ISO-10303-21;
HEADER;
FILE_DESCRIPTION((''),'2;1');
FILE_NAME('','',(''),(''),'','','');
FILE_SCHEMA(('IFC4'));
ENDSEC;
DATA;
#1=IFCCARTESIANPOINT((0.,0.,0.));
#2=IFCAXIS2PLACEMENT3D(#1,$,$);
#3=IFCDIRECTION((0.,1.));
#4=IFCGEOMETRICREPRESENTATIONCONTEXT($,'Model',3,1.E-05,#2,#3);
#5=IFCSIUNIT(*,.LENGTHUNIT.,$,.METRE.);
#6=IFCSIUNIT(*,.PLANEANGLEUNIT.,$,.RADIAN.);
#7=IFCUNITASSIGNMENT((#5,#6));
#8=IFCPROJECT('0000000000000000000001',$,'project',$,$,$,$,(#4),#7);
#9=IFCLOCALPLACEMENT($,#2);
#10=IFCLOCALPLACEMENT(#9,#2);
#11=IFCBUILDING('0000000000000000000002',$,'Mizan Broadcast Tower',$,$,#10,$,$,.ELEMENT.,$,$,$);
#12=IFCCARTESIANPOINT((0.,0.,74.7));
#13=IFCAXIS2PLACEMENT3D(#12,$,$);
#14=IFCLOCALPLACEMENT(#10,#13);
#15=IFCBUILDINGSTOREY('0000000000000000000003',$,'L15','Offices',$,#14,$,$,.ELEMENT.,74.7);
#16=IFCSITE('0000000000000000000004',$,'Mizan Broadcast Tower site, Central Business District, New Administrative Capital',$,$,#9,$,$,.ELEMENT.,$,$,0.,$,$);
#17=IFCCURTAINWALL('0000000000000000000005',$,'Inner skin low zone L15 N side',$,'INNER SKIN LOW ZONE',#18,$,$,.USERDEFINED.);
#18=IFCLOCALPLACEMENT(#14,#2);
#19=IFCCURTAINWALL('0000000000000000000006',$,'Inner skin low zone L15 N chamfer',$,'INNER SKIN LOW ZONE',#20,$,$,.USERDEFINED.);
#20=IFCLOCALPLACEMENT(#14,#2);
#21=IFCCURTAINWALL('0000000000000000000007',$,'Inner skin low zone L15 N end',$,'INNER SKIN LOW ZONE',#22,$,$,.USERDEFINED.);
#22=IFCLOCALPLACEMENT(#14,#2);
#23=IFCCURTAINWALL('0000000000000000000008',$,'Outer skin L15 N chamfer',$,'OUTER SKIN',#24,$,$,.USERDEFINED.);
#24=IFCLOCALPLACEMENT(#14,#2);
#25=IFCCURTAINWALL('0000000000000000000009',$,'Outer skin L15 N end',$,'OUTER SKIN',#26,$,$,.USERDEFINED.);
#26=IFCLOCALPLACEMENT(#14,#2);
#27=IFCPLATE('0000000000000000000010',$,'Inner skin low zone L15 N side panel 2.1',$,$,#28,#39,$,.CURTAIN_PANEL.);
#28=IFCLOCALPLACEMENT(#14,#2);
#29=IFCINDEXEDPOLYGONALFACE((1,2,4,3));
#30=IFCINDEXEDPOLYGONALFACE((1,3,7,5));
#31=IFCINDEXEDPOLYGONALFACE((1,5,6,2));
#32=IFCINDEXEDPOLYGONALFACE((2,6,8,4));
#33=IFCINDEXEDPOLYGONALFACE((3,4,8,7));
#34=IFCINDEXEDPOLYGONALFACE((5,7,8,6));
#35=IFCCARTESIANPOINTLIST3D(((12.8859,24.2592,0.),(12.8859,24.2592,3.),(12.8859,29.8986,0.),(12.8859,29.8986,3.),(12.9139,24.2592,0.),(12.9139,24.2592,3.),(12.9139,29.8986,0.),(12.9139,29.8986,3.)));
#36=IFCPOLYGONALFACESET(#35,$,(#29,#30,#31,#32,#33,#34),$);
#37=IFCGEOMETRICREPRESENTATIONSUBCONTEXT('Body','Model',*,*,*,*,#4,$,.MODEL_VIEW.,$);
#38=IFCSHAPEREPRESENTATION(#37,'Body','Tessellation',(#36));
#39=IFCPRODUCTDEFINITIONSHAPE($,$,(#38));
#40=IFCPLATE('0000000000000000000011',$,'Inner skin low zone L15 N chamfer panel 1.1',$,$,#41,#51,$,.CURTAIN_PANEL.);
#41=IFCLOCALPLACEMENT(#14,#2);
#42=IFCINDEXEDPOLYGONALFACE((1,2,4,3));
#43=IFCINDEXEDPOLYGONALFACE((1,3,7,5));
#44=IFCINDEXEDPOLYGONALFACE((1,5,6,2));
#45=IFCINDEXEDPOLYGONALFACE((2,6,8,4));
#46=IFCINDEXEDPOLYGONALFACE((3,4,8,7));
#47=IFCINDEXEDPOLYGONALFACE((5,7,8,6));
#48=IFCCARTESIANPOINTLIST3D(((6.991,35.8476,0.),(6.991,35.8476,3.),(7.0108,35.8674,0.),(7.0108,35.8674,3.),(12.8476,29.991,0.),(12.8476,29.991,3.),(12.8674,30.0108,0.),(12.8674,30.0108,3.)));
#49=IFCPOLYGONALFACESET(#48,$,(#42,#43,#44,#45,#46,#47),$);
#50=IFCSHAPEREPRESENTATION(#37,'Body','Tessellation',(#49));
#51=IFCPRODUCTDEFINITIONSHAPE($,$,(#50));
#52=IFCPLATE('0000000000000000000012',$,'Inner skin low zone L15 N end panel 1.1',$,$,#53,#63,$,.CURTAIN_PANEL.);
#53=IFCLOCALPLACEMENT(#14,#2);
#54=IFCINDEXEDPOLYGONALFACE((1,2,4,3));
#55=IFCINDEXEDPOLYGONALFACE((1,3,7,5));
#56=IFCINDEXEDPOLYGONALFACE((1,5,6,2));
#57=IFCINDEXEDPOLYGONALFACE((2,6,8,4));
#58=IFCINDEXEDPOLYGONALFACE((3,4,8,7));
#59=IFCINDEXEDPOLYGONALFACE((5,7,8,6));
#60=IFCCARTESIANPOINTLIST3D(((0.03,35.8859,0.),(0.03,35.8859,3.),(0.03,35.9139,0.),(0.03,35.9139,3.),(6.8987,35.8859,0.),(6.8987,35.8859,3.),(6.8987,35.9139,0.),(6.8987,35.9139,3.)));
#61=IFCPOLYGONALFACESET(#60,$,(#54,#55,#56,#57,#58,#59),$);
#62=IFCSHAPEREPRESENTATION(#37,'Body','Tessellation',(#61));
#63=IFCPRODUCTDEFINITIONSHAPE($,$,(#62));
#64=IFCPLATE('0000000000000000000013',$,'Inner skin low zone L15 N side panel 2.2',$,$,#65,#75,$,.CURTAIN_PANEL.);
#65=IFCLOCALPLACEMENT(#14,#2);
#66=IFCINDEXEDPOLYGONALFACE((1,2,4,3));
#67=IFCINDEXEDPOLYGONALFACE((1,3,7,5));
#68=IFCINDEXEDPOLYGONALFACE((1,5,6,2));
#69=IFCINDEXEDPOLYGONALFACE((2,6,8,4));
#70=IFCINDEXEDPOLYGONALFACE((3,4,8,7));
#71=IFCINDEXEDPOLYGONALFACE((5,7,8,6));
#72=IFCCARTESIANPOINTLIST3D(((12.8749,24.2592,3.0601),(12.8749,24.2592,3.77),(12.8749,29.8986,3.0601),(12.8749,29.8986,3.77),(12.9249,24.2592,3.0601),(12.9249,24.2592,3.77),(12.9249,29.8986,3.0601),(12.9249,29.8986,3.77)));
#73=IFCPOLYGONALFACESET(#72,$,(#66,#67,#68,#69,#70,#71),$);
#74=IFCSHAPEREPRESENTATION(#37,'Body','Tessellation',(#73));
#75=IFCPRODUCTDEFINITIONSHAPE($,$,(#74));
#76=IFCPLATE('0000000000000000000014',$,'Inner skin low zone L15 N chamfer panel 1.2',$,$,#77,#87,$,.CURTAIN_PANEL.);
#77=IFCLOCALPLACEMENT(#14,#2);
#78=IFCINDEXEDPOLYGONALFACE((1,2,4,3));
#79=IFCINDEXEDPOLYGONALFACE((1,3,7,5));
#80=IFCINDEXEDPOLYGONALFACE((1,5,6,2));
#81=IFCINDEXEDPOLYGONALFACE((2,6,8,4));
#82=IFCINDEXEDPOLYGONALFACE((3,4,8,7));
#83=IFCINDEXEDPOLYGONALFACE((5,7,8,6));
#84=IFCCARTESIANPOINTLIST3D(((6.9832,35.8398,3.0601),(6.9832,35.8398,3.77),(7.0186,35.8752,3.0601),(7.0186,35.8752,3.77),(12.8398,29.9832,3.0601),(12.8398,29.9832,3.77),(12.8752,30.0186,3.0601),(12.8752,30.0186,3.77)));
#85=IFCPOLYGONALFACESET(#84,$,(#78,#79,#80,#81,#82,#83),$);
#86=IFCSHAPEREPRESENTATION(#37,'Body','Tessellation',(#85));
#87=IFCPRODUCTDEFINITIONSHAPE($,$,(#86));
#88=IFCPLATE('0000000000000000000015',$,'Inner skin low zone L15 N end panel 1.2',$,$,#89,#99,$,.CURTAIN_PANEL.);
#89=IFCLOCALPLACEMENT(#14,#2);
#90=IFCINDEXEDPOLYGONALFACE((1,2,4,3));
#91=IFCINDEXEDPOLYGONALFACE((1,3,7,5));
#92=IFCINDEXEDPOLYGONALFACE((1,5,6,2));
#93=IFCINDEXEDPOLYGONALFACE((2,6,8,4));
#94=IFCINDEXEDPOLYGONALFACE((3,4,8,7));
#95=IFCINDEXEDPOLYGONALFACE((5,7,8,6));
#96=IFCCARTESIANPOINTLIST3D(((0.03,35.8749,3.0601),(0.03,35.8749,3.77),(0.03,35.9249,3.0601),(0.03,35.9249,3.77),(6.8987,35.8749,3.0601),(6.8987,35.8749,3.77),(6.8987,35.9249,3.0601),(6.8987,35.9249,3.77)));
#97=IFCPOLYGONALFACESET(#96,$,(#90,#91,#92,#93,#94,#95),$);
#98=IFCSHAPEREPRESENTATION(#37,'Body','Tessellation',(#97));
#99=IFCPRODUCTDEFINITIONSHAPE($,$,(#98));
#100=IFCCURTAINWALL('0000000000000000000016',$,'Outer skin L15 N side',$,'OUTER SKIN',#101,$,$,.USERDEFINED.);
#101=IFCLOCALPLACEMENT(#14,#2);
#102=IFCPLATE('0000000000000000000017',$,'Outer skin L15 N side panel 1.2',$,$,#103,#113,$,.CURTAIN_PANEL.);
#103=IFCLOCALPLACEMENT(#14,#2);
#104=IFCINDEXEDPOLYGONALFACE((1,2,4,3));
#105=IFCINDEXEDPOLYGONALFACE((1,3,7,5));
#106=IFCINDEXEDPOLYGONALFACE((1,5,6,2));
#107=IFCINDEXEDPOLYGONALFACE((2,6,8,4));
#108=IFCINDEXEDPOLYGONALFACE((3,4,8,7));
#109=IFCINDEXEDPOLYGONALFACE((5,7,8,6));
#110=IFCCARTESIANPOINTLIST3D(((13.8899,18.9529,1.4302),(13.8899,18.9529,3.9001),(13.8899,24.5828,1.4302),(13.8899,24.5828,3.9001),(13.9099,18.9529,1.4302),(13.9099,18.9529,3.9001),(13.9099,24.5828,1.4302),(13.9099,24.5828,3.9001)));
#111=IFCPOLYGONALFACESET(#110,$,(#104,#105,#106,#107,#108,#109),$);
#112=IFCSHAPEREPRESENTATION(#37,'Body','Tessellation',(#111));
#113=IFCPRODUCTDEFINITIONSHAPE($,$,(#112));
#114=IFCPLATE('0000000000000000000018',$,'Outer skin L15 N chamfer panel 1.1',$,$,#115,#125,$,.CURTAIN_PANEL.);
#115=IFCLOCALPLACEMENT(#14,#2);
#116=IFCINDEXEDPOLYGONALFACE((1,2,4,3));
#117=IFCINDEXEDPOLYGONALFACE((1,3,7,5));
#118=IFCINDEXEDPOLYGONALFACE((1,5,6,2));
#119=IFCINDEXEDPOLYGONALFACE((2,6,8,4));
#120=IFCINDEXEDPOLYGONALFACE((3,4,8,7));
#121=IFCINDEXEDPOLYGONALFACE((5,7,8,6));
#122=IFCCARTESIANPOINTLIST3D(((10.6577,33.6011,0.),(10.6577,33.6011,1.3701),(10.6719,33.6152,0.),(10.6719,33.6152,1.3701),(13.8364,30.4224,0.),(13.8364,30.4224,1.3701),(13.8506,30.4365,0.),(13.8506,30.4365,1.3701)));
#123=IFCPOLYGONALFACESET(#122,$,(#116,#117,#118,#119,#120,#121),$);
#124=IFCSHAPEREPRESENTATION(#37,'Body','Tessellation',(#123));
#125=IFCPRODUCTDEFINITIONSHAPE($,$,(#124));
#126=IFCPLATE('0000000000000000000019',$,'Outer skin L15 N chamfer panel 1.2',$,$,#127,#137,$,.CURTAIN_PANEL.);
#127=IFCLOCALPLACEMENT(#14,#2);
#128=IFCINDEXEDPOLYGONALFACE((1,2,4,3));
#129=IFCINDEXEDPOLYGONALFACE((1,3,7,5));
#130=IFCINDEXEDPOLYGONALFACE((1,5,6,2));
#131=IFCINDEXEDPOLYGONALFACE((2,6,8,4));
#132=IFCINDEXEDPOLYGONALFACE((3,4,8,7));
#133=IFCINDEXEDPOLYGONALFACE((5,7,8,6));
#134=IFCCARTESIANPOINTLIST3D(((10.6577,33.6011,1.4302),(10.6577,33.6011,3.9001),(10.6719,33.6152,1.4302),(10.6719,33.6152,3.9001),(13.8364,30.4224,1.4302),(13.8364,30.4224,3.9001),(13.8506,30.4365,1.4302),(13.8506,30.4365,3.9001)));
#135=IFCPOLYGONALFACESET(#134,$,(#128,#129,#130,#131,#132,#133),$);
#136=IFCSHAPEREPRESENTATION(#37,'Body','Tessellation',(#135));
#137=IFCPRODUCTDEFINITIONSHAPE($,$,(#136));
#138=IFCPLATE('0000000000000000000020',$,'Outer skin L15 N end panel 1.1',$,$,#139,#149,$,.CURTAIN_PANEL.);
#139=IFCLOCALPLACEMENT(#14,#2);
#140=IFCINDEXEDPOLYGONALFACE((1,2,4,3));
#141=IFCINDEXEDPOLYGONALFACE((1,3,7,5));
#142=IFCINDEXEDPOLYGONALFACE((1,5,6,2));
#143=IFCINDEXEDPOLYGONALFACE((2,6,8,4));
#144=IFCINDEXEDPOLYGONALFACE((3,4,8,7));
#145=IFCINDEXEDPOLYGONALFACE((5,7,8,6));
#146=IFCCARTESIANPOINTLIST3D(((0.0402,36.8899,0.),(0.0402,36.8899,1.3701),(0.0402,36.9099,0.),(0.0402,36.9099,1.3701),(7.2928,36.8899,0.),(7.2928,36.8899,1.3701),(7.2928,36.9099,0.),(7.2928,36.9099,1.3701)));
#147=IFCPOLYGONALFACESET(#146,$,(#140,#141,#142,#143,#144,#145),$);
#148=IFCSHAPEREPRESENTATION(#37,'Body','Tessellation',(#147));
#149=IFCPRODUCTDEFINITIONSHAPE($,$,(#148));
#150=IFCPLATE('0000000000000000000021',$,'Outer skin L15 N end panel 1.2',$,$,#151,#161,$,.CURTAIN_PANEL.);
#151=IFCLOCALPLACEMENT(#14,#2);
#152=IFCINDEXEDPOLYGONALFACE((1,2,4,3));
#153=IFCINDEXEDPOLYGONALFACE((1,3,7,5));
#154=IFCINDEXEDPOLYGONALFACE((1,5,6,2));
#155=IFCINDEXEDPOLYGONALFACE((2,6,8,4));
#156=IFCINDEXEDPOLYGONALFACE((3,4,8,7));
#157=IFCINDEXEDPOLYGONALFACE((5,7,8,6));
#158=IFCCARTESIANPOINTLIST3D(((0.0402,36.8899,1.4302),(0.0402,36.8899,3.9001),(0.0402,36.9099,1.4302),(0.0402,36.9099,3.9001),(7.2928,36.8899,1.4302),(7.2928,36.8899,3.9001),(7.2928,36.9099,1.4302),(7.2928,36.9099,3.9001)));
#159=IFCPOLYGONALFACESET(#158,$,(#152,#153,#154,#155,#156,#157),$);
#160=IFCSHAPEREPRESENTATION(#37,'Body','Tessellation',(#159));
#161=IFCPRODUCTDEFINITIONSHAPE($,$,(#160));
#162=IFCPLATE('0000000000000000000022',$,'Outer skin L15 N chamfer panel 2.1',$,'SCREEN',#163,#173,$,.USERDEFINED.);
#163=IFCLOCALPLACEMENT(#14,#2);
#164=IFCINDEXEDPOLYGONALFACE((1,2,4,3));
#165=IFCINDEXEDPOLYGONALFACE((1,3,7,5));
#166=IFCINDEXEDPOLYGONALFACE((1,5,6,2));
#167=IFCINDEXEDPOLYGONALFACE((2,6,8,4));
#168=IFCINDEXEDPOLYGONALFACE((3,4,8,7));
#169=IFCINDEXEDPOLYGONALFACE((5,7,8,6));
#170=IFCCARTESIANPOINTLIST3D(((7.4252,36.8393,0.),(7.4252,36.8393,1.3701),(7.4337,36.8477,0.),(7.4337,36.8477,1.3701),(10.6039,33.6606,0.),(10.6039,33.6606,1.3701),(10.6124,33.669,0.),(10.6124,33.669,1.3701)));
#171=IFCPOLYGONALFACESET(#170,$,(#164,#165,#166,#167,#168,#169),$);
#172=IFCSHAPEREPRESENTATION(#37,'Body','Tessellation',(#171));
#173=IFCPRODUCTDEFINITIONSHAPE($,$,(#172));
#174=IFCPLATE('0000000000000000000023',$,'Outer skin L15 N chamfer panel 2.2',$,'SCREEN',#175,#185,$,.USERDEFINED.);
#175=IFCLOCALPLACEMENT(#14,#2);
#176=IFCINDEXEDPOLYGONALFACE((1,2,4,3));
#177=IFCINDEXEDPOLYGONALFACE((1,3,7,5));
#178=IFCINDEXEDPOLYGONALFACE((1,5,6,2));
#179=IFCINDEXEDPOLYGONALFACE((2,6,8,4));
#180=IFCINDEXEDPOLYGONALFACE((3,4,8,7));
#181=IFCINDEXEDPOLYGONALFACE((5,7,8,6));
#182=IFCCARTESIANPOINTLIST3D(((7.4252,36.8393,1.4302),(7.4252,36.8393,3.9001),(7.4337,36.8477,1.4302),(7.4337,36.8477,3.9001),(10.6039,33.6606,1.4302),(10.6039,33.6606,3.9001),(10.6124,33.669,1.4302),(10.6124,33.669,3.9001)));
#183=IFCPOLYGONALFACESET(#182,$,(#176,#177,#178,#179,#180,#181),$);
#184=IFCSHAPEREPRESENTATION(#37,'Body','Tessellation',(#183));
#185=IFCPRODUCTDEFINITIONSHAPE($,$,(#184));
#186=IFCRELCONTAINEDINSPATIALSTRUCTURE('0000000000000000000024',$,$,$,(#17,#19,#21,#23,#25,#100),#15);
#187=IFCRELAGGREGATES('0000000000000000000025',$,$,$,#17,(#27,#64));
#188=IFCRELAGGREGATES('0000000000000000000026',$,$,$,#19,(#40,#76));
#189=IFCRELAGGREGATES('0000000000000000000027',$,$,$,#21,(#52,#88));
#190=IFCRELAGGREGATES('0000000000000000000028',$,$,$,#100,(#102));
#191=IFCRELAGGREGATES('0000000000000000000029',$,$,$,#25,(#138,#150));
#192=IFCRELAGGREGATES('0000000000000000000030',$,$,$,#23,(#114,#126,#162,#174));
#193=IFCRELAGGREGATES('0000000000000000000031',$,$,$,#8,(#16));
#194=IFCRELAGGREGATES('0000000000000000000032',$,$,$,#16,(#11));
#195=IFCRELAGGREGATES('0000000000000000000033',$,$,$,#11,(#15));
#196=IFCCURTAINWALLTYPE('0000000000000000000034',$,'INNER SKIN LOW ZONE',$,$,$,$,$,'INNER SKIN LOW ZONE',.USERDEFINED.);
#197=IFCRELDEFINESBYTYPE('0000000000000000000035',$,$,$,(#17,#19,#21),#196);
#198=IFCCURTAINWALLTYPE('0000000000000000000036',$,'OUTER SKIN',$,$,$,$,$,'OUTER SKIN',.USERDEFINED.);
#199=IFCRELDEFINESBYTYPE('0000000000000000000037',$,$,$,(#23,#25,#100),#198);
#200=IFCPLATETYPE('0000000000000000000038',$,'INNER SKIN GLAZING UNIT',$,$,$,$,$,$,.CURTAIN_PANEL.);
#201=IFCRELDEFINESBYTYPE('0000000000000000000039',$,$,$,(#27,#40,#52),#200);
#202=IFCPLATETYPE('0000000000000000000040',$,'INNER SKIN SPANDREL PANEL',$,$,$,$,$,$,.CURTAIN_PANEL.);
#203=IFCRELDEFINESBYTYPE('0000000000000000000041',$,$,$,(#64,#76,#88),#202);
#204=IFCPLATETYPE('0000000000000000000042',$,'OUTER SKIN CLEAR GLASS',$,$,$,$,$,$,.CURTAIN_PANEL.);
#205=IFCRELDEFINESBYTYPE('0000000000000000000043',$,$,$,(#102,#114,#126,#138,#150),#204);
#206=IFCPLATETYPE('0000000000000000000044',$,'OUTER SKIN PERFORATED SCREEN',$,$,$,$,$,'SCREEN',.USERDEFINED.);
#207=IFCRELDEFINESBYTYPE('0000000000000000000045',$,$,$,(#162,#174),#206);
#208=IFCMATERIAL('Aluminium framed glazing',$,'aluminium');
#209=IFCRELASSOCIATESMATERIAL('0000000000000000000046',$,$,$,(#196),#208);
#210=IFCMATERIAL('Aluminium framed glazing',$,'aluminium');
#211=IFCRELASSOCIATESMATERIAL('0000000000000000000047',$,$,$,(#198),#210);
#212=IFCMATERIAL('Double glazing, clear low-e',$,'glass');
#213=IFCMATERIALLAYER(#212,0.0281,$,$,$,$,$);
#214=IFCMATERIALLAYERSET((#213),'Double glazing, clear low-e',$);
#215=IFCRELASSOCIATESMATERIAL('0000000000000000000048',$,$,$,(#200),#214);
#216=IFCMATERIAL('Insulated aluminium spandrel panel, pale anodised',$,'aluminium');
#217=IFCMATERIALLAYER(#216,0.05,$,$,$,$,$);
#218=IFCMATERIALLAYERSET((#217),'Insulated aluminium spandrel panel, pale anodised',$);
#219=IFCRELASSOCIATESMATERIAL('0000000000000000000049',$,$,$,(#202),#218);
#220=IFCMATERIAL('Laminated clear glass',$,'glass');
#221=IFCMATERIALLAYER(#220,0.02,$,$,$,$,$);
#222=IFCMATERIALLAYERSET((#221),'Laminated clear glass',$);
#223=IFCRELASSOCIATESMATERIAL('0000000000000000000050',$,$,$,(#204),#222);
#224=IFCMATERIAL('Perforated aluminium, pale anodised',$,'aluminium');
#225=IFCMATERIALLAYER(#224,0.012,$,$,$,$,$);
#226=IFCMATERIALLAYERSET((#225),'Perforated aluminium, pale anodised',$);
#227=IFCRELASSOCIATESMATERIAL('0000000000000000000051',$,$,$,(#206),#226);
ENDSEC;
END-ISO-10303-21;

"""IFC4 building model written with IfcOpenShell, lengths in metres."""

from ifc_helpers import new_model, si_unit, direction, frame, origin, origin_2d, place, context, subcontext, project, spatial, rectangle, extrude, material, layer, layer_set, type_object, element, aggregate, save


model = new_model("IFC4")

# Units and contexts
model_context = context("Model", 3, precision=1e-05, world=origin(), true_north=direction((0.0, 1.0)))
body_context = subcontext(model_context, "Body", "Model", "MODEL_VIEW")
ifc_project = project(units=[si_unit("LENGTHUNIT", "METRE"), si_unit("PLANEANGLEUNIT", "RADIAN")], contexts=[model_context])

# Site, building, storey
site_placement = place(None, origin())
site = spatial("IfcSite", under=ifc_project, at=site_placement, Name="Mizan Broadcast Tower site, Central Business District, New Administrative Capital", CompositionType="ELEMENT", RefElevation=0.0)
building_placement = place(site_placement, origin())
building = spatial("IfcBuilding", under=site, at=building_placement, Name="Mizan Broadcast Tower", CompositionType="ELEMENT")
storey_placement = place(building_placement, frame((0.0, 0.0, 74.7)))
storey = spatial("IfcBuildingStorey", under=building, at=storey_placement, Name="L15", Description="Offices", CompositionType="ELEMENT", Elevation=74.7)

# Curtain wall
ifc_material_1 = material(Name="Aluminium framed glazing", Category="aluminium")
curtain_wall_type_1 = type_object("IfcCurtainWallType", Name="INNER SKIN LOW ZONE", ElementType="INNER SKIN LOW ZONE", PredefinedType="USERDEFINED", material=ifc_material_1)
curtain_wall_1_placement = place(storey_placement, origin())
curtain_wall_1 = element("IfcCurtainWall", 1, at=curtain_wall_1_placement, inside=storey, type_object=curtain_wall_type_1, Name="Inner skin low zone L15 N side", ObjectType="INNER SKIN LOW ZONE", PredefinedType="USERDEFINED")

# Curtain walls
curtain_wall_2_placement = place(storey_placement, origin())
curtain_wall_2 = element("IfcCurtainWall", 2, at=curtain_wall_2_placement, inside=storey, type_object=curtain_wall_type_1, Name="Inner skin low zone L15 N chamfer", ObjectType="INNER SKIN LOW ZONE", PredefinedType="USERDEFINED")
curtain_wall_3_placement = place(storey_placement, origin())
curtain_wall_3 = element("IfcCurtainWall", 3, at=curtain_wall_3_placement, inside=storey, type_object=curtain_wall_type_1, Name="Inner skin low zone L15 N end", ObjectType="INNER SKIN LOW ZONE", PredefinedType="USERDEFINED")

# Curtain wall
ifc_material_2 = material(Name="Aluminium framed glazing", Category="aluminium")
curtain_wall_type_2 = type_object("IfcCurtainWallType", Name="OUTER SKIN", ElementType="OUTER SKIN", PredefinedType="USERDEFINED", material=ifc_material_2)
curtain_wall_4_placement = place(storey_placement, origin())
curtain_wall_4 = element("IfcCurtainWall", 4, at=curtain_wall_4_placement, inside=storey, type_object=curtain_wall_type_2, Name="Outer skin L15 N chamfer", ObjectType="OUTER SKIN", PredefinedType="USERDEFINED")

# Curtain wall
curtain_wall_5_placement = place(storey_placement, origin())
curtain_wall_5 = element("IfcCurtainWall", 5, at=curtain_wall_5_placement, inside=storey, type_object=curtain_wall_type_2, Name="Outer skin L15 N end", ObjectType="OUTER SKIN", PredefinedType="USERDEFINED")

# Plates
ifc_material_3 = material(Name="Double glazing, clear low-e", Category="glass")
ifc_layer_1 = layer(ifc_material_3, 0.0281)
ifc_layer_set_1 = layer_set([ifc_layer_1], Name="Double glazing, clear low-e")
plate_type_1 = type_object("IfcPlateType", Name="INNER SKIN GLAZING UNIT", PredefinedType="CURTAIN_PANEL", material=ifc_layer_set_1)
plate_1_placement = place(storey_placement, frame((12.8999, 27.0789, 0.0), z_axis=(0.0, 0.0, 1.0), x_axis=(0.0, 1.0, 0.0)))
plate_1 = element("IfcPlate", 6, at=plate_1_placement, type_object=plate_type_1, Name="Inner skin low zone L15 N side panel 2.1", PredefinedType="CURTAIN_PANEL", context=body_context, shape_type="SweptSolid", body=[
    extrude(rectangle(XDim=5.6394, YDim=0.0281, at=origin_2d()), origin(), (0.0, 0.0, 1.0), 3.0),
])
plate_2_placement = place(storey_placement, frame((9.9292, 32.9292, 0.0), z_axis=(0.0, 0.0, 1.0), x_axis=(-0.707107, 0.707107, 0.0)))
plate_2 = element("IfcPlate", 7, at=plate_2_placement, type_object=plate_type_1, Name="Inner skin low zone L15 N chamfer panel 1.1", PredefinedType="CURTAIN_PANEL", context=body_context, shape_type="SweptSolid", body=[
    extrude(rectangle(XDim=8.2825, YDim=0.0281, at=origin_2d()), origin(), (0.0, 0.0, 1.0), 3.0),
])
plate_3_placement = place(storey_placement, frame((3.4644, 35.8999, 0.0), z_axis=(0.0, 0.0, 1.0), x_axis=(-1.0, 0.0, 0.0)))
plate_3 = element("IfcPlate", 8, at=plate_3_placement, type_object=plate_type_1, Name="Inner skin low zone L15 N end panel 1.1", PredefinedType="CURTAIN_PANEL", context=body_context, shape_type="SweptSolid", body=[
    extrude(rectangle(XDim=6.8687, YDim=0.0281, at=origin_2d()), origin(), (0.0, 0.0, 1.0), 3.0),
])
ifc_material_4 = material(Name="Insulated aluminium spandrel panel, pale anodised", Category="aluminium")
ifc_layer_2 = layer(ifc_material_4, 0.05)
ifc_layer_set_2 = layer_set([ifc_layer_2], Name="Insulated aluminium spandrel panel, pale anodised")
plate_type_2 = type_object("IfcPlateType", Name="INNER SKIN SPANDREL PANEL", PredefinedType="CURTAIN_PANEL", material=ifc_layer_set_2)
plate_4_placement = place(storey_placement, frame((12.8999, 27.0789, 3.0601), z_axis=(0.0, 0.0, 1.0), x_axis=(0.0, 1.0, 0.0)))
plate_4 = element("IfcPlate", 9, at=plate_4_placement, type_object=plate_type_2, Name="Inner skin low zone L15 N side panel 2.2", PredefinedType="CURTAIN_PANEL", context=body_context, shape_type="SweptSolid", body=[
    extrude(rectangle(XDim=5.6394, YDim=0.05, at=origin_2d()), origin(), (0.0, 0.0, 1.0), 0.71),
])
aggregate(curtain_wall_1, [plate_1, plate_4])
plate_5_placement = place(storey_placement, frame((9.9292, 32.9292, 3.0601), z_axis=(0.0, 0.0, 1.0), x_axis=(-0.707107, 0.707107, 0.0)))
plate_5 = element("IfcPlate", 10, at=plate_5_placement, type_object=plate_type_2, Name="Inner skin low zone L15 N chamfer panel 1.2", PredefinedType="CURTAIN_PANEL", context=body_context, shape_type="SweptSolid", body=[
    extrude(rectangle(XDim=8.2825, YDim=0.05, at=origin_2d()), origin(), (0.0, 0.0, 1.0), 0.71),
])
aggregate(curtain_wall_2, [plate_2, plate_5])
plate_6_placement = place(storey_placement, frame((3.4644, 35.8999, 3.0601), z_axis=(0.0, 0.0, 1.0), x_axis=(-1.0, 0.0, 0.0)))
plate_6 = element("IfcPlate", 11, at=plate_6_placement, type_object=plate_type_2, Name="Inner skin low zone L15 N end panel 1.2", PredefinedType="CURTAIN_PANEL", context=body_context, shape_type="SweptSolid", body=[
    extrude(rectangle(XDim=6.8687, YDim=0.05, at=origin_2d()), origin(), (0.0, 0.0, 1.0), 0.71),
])
aggregate(curtain_wall_3, [plate_3, plate_6])

# Curtain wall, plate
curtain_wall_6_placement = place(storey_placement, origin())
curtain_wall_6 = element("IfcCurtainWall", 12, at=curtain_wall_6_placement, inside=storey, type_object=curtain_wall_type_2, Name="Outer skin L15 N side", ObjectType="OUTER SKIN", PredefinedType="USERDEFINED")
ifc_material_5 = material(Name="Laminated clear glass", Category="glass")
ifc_layer_3 = layer(ifc_material_5, 0.02)
ifc_layer_set_3 = layer_set([ifc_layer_3], Name="Laminated clear glass")
plate_type_3 = type_object("IfcPlateType", Name="OUTER SKIN CLEAR GLASS", PredefinedType="CURTAIN_PANEL", material=ifc_layer_set_3)
plate_7_placement = place(storey_placement, frame((13.8999, 21.7678, 1.4302), z_axis=(0.0, 0.0, 1.0), x_axis=(0.0, 1.0, 0.0)))
plate_7 = element("IfcPlate", 13, at=plate_7_placement, type_object=plate_type_3, Name="Outer skin L15 N side panel 1.2", PredefinedType="CURTAIN_PANEL", context=body_context, shape_type="SweptSolid", body=[
    extrude(rectangle(XDim=5.6299, YDim=0.02, at=origin_2d()), origin(), (0.0, 0.0, 1.0), 2.47),
])
aggregate(curtain_wall_6, [plate_7])

# Plates
plate_8_placement = place(storey_placement, frame((12.2542, 32.0188, 0.0), z_axis=(0.0, 0.0, 1.0), x_axis=(-0.707107, 0.707107, 0.0)))
plate_8 = element("IfcPlate", 14, at=plate_8_placement, type_object=plate_type_3, Name="Outer skin L15 N chamfer panel 1.1", PredefinedType="CURTAIN_PANEL", context=body_context, shape_type="SweptSolid", body=[
    extrude(rectangle(XDim=4.4954, YDim=0.02, at=origin_2d()), origin(), (0.0, 0.0, 1.0), 1.3701),
])
plate_9_placement = place(storey_placement, frame((12.2542, 32.0188, 1.4302), z_axis=(0.0, 0.0, 1.0), x_axis=(-0.707107, 0.707107, 0.0)))
plate_9 = element("IfcPlate", 15, at=plate_9_placement, type_object=plate_type_3, Name="Outer skin L15 N chamfer panel 1.2", PredefinedType="CURTAIN_PANEL", context=body_context, shape_type="SweptSolid", body=[
    extrude(rectangle(XDim=4.4954, YDim=0.02, at=origin_2d()), origin(), (0.0, 0.0, 1.0), 2.47),
])
plate_10_placement = place(storey_placement, frame((3.6665, 36.8999, 0.0), z_axis=(0.0, 0.0, 1.0), x_axis=(-1.0, 0.0, 0.0)))
plate_10 = element("IfcPlate", 16, at=plate_10_placement, type_object=plate_type_3, Name="Outer skin L15 N end panel 1.1", PredefinedType="CURTAIN_PANEL", context=body_context, shape_type="SweptSolid", body=[
    extrude(rectangle(XDim=7.2527, YDim=0.02, at=origin_2d()), origin(), (0.0, 0.0, 1.0), 1.3701),
])
plate_11_placement = place(storey_placement, frame((3.6665, 36.8999, 1.4302), z_axis=(0.0, 0.0, 1.0), x_axis=(-1.0, 0.0, 0.0)))
plate_11 = element("IfcPlate", 17, at=plate_11_placement, type_object=plate_type_3, Name="Outer skin L15 N end panel 1.2", PredefinedType="CURTAIN_PANEL", context=body_context, shape_type="SweptSolid", body=[
    extrude(rectangle(XDim=7.2527, YDim=0.02, at=origin_2d()), origin(), (0.0, 0.0, 1.0), 2.47),
])
aggregate(curtain_wall_5, [plate_10, plate_11])
ifc_material_6 = material(Name="Perforated aluminium, pale anodised", Category="aluminium")
ifc_layer_4 = layer(ifc_material_6, 0.012)
ifc_layer_set_4 = layer_set([ifc_layer_4], Name="Perforated aluminium, pale anodised")
plate_type_4 = type_object("IfcPlateType", Name="OUTER SKIN PERFORATED SCREEN", ElementType="SCREEN", PredefinedType="USERDEFINED", material=ifc_layer_set_4)
plate_12_placement = place(storey_placement, frame((9.0188, 35.2542, 0.0), z_axis=(0.0, 0.0, 1.0), x_axis=(-0.707107, 0.707107, 0.0)))
plate_12 = element("IfcPlate", 18, at=plate_12_placement, type_object=plate_type_4, Name="Outer skin L15 N chamfer panel 2.1", ObjectType="SCREEN", PredefinedType="USERDEFINED", context=body_context, shape_type="SweptSolid", body=[
    extrude(rectangle(XDim=4.4954, YDim=0.012, at=origin_2d()), origin(), (0.0, 0.0, 1.0), 1.3701),
])
plate_13_placement = place(storey_placement, frame((9.0188, 35.2542, 1.4302), z_axis=(0.0, 0.0, 1.0), x_axis=(-0.707107, 0.707107, 0.0)))
plate_13 = element("IfcPlate", 19, at=plate_13_placement, type_object=plate_type_4, Name="Outer skin L15 N chamfer panel 2.2", ObjectType="SCREEN", PredefinedType="USERDEFINED", context=body_context, shape_type="SweptSolid", body=[
    extrude(rectangle(XDim=4.4954, YDim=0.012, at=origin_2d()), origin(), (0.0, 0.0, 1.0), 2.47),
])
aggregate(curtain_wall_4, [plate_8, plate_9, plate_12, plate_13])

save(model, "model.ifc")
